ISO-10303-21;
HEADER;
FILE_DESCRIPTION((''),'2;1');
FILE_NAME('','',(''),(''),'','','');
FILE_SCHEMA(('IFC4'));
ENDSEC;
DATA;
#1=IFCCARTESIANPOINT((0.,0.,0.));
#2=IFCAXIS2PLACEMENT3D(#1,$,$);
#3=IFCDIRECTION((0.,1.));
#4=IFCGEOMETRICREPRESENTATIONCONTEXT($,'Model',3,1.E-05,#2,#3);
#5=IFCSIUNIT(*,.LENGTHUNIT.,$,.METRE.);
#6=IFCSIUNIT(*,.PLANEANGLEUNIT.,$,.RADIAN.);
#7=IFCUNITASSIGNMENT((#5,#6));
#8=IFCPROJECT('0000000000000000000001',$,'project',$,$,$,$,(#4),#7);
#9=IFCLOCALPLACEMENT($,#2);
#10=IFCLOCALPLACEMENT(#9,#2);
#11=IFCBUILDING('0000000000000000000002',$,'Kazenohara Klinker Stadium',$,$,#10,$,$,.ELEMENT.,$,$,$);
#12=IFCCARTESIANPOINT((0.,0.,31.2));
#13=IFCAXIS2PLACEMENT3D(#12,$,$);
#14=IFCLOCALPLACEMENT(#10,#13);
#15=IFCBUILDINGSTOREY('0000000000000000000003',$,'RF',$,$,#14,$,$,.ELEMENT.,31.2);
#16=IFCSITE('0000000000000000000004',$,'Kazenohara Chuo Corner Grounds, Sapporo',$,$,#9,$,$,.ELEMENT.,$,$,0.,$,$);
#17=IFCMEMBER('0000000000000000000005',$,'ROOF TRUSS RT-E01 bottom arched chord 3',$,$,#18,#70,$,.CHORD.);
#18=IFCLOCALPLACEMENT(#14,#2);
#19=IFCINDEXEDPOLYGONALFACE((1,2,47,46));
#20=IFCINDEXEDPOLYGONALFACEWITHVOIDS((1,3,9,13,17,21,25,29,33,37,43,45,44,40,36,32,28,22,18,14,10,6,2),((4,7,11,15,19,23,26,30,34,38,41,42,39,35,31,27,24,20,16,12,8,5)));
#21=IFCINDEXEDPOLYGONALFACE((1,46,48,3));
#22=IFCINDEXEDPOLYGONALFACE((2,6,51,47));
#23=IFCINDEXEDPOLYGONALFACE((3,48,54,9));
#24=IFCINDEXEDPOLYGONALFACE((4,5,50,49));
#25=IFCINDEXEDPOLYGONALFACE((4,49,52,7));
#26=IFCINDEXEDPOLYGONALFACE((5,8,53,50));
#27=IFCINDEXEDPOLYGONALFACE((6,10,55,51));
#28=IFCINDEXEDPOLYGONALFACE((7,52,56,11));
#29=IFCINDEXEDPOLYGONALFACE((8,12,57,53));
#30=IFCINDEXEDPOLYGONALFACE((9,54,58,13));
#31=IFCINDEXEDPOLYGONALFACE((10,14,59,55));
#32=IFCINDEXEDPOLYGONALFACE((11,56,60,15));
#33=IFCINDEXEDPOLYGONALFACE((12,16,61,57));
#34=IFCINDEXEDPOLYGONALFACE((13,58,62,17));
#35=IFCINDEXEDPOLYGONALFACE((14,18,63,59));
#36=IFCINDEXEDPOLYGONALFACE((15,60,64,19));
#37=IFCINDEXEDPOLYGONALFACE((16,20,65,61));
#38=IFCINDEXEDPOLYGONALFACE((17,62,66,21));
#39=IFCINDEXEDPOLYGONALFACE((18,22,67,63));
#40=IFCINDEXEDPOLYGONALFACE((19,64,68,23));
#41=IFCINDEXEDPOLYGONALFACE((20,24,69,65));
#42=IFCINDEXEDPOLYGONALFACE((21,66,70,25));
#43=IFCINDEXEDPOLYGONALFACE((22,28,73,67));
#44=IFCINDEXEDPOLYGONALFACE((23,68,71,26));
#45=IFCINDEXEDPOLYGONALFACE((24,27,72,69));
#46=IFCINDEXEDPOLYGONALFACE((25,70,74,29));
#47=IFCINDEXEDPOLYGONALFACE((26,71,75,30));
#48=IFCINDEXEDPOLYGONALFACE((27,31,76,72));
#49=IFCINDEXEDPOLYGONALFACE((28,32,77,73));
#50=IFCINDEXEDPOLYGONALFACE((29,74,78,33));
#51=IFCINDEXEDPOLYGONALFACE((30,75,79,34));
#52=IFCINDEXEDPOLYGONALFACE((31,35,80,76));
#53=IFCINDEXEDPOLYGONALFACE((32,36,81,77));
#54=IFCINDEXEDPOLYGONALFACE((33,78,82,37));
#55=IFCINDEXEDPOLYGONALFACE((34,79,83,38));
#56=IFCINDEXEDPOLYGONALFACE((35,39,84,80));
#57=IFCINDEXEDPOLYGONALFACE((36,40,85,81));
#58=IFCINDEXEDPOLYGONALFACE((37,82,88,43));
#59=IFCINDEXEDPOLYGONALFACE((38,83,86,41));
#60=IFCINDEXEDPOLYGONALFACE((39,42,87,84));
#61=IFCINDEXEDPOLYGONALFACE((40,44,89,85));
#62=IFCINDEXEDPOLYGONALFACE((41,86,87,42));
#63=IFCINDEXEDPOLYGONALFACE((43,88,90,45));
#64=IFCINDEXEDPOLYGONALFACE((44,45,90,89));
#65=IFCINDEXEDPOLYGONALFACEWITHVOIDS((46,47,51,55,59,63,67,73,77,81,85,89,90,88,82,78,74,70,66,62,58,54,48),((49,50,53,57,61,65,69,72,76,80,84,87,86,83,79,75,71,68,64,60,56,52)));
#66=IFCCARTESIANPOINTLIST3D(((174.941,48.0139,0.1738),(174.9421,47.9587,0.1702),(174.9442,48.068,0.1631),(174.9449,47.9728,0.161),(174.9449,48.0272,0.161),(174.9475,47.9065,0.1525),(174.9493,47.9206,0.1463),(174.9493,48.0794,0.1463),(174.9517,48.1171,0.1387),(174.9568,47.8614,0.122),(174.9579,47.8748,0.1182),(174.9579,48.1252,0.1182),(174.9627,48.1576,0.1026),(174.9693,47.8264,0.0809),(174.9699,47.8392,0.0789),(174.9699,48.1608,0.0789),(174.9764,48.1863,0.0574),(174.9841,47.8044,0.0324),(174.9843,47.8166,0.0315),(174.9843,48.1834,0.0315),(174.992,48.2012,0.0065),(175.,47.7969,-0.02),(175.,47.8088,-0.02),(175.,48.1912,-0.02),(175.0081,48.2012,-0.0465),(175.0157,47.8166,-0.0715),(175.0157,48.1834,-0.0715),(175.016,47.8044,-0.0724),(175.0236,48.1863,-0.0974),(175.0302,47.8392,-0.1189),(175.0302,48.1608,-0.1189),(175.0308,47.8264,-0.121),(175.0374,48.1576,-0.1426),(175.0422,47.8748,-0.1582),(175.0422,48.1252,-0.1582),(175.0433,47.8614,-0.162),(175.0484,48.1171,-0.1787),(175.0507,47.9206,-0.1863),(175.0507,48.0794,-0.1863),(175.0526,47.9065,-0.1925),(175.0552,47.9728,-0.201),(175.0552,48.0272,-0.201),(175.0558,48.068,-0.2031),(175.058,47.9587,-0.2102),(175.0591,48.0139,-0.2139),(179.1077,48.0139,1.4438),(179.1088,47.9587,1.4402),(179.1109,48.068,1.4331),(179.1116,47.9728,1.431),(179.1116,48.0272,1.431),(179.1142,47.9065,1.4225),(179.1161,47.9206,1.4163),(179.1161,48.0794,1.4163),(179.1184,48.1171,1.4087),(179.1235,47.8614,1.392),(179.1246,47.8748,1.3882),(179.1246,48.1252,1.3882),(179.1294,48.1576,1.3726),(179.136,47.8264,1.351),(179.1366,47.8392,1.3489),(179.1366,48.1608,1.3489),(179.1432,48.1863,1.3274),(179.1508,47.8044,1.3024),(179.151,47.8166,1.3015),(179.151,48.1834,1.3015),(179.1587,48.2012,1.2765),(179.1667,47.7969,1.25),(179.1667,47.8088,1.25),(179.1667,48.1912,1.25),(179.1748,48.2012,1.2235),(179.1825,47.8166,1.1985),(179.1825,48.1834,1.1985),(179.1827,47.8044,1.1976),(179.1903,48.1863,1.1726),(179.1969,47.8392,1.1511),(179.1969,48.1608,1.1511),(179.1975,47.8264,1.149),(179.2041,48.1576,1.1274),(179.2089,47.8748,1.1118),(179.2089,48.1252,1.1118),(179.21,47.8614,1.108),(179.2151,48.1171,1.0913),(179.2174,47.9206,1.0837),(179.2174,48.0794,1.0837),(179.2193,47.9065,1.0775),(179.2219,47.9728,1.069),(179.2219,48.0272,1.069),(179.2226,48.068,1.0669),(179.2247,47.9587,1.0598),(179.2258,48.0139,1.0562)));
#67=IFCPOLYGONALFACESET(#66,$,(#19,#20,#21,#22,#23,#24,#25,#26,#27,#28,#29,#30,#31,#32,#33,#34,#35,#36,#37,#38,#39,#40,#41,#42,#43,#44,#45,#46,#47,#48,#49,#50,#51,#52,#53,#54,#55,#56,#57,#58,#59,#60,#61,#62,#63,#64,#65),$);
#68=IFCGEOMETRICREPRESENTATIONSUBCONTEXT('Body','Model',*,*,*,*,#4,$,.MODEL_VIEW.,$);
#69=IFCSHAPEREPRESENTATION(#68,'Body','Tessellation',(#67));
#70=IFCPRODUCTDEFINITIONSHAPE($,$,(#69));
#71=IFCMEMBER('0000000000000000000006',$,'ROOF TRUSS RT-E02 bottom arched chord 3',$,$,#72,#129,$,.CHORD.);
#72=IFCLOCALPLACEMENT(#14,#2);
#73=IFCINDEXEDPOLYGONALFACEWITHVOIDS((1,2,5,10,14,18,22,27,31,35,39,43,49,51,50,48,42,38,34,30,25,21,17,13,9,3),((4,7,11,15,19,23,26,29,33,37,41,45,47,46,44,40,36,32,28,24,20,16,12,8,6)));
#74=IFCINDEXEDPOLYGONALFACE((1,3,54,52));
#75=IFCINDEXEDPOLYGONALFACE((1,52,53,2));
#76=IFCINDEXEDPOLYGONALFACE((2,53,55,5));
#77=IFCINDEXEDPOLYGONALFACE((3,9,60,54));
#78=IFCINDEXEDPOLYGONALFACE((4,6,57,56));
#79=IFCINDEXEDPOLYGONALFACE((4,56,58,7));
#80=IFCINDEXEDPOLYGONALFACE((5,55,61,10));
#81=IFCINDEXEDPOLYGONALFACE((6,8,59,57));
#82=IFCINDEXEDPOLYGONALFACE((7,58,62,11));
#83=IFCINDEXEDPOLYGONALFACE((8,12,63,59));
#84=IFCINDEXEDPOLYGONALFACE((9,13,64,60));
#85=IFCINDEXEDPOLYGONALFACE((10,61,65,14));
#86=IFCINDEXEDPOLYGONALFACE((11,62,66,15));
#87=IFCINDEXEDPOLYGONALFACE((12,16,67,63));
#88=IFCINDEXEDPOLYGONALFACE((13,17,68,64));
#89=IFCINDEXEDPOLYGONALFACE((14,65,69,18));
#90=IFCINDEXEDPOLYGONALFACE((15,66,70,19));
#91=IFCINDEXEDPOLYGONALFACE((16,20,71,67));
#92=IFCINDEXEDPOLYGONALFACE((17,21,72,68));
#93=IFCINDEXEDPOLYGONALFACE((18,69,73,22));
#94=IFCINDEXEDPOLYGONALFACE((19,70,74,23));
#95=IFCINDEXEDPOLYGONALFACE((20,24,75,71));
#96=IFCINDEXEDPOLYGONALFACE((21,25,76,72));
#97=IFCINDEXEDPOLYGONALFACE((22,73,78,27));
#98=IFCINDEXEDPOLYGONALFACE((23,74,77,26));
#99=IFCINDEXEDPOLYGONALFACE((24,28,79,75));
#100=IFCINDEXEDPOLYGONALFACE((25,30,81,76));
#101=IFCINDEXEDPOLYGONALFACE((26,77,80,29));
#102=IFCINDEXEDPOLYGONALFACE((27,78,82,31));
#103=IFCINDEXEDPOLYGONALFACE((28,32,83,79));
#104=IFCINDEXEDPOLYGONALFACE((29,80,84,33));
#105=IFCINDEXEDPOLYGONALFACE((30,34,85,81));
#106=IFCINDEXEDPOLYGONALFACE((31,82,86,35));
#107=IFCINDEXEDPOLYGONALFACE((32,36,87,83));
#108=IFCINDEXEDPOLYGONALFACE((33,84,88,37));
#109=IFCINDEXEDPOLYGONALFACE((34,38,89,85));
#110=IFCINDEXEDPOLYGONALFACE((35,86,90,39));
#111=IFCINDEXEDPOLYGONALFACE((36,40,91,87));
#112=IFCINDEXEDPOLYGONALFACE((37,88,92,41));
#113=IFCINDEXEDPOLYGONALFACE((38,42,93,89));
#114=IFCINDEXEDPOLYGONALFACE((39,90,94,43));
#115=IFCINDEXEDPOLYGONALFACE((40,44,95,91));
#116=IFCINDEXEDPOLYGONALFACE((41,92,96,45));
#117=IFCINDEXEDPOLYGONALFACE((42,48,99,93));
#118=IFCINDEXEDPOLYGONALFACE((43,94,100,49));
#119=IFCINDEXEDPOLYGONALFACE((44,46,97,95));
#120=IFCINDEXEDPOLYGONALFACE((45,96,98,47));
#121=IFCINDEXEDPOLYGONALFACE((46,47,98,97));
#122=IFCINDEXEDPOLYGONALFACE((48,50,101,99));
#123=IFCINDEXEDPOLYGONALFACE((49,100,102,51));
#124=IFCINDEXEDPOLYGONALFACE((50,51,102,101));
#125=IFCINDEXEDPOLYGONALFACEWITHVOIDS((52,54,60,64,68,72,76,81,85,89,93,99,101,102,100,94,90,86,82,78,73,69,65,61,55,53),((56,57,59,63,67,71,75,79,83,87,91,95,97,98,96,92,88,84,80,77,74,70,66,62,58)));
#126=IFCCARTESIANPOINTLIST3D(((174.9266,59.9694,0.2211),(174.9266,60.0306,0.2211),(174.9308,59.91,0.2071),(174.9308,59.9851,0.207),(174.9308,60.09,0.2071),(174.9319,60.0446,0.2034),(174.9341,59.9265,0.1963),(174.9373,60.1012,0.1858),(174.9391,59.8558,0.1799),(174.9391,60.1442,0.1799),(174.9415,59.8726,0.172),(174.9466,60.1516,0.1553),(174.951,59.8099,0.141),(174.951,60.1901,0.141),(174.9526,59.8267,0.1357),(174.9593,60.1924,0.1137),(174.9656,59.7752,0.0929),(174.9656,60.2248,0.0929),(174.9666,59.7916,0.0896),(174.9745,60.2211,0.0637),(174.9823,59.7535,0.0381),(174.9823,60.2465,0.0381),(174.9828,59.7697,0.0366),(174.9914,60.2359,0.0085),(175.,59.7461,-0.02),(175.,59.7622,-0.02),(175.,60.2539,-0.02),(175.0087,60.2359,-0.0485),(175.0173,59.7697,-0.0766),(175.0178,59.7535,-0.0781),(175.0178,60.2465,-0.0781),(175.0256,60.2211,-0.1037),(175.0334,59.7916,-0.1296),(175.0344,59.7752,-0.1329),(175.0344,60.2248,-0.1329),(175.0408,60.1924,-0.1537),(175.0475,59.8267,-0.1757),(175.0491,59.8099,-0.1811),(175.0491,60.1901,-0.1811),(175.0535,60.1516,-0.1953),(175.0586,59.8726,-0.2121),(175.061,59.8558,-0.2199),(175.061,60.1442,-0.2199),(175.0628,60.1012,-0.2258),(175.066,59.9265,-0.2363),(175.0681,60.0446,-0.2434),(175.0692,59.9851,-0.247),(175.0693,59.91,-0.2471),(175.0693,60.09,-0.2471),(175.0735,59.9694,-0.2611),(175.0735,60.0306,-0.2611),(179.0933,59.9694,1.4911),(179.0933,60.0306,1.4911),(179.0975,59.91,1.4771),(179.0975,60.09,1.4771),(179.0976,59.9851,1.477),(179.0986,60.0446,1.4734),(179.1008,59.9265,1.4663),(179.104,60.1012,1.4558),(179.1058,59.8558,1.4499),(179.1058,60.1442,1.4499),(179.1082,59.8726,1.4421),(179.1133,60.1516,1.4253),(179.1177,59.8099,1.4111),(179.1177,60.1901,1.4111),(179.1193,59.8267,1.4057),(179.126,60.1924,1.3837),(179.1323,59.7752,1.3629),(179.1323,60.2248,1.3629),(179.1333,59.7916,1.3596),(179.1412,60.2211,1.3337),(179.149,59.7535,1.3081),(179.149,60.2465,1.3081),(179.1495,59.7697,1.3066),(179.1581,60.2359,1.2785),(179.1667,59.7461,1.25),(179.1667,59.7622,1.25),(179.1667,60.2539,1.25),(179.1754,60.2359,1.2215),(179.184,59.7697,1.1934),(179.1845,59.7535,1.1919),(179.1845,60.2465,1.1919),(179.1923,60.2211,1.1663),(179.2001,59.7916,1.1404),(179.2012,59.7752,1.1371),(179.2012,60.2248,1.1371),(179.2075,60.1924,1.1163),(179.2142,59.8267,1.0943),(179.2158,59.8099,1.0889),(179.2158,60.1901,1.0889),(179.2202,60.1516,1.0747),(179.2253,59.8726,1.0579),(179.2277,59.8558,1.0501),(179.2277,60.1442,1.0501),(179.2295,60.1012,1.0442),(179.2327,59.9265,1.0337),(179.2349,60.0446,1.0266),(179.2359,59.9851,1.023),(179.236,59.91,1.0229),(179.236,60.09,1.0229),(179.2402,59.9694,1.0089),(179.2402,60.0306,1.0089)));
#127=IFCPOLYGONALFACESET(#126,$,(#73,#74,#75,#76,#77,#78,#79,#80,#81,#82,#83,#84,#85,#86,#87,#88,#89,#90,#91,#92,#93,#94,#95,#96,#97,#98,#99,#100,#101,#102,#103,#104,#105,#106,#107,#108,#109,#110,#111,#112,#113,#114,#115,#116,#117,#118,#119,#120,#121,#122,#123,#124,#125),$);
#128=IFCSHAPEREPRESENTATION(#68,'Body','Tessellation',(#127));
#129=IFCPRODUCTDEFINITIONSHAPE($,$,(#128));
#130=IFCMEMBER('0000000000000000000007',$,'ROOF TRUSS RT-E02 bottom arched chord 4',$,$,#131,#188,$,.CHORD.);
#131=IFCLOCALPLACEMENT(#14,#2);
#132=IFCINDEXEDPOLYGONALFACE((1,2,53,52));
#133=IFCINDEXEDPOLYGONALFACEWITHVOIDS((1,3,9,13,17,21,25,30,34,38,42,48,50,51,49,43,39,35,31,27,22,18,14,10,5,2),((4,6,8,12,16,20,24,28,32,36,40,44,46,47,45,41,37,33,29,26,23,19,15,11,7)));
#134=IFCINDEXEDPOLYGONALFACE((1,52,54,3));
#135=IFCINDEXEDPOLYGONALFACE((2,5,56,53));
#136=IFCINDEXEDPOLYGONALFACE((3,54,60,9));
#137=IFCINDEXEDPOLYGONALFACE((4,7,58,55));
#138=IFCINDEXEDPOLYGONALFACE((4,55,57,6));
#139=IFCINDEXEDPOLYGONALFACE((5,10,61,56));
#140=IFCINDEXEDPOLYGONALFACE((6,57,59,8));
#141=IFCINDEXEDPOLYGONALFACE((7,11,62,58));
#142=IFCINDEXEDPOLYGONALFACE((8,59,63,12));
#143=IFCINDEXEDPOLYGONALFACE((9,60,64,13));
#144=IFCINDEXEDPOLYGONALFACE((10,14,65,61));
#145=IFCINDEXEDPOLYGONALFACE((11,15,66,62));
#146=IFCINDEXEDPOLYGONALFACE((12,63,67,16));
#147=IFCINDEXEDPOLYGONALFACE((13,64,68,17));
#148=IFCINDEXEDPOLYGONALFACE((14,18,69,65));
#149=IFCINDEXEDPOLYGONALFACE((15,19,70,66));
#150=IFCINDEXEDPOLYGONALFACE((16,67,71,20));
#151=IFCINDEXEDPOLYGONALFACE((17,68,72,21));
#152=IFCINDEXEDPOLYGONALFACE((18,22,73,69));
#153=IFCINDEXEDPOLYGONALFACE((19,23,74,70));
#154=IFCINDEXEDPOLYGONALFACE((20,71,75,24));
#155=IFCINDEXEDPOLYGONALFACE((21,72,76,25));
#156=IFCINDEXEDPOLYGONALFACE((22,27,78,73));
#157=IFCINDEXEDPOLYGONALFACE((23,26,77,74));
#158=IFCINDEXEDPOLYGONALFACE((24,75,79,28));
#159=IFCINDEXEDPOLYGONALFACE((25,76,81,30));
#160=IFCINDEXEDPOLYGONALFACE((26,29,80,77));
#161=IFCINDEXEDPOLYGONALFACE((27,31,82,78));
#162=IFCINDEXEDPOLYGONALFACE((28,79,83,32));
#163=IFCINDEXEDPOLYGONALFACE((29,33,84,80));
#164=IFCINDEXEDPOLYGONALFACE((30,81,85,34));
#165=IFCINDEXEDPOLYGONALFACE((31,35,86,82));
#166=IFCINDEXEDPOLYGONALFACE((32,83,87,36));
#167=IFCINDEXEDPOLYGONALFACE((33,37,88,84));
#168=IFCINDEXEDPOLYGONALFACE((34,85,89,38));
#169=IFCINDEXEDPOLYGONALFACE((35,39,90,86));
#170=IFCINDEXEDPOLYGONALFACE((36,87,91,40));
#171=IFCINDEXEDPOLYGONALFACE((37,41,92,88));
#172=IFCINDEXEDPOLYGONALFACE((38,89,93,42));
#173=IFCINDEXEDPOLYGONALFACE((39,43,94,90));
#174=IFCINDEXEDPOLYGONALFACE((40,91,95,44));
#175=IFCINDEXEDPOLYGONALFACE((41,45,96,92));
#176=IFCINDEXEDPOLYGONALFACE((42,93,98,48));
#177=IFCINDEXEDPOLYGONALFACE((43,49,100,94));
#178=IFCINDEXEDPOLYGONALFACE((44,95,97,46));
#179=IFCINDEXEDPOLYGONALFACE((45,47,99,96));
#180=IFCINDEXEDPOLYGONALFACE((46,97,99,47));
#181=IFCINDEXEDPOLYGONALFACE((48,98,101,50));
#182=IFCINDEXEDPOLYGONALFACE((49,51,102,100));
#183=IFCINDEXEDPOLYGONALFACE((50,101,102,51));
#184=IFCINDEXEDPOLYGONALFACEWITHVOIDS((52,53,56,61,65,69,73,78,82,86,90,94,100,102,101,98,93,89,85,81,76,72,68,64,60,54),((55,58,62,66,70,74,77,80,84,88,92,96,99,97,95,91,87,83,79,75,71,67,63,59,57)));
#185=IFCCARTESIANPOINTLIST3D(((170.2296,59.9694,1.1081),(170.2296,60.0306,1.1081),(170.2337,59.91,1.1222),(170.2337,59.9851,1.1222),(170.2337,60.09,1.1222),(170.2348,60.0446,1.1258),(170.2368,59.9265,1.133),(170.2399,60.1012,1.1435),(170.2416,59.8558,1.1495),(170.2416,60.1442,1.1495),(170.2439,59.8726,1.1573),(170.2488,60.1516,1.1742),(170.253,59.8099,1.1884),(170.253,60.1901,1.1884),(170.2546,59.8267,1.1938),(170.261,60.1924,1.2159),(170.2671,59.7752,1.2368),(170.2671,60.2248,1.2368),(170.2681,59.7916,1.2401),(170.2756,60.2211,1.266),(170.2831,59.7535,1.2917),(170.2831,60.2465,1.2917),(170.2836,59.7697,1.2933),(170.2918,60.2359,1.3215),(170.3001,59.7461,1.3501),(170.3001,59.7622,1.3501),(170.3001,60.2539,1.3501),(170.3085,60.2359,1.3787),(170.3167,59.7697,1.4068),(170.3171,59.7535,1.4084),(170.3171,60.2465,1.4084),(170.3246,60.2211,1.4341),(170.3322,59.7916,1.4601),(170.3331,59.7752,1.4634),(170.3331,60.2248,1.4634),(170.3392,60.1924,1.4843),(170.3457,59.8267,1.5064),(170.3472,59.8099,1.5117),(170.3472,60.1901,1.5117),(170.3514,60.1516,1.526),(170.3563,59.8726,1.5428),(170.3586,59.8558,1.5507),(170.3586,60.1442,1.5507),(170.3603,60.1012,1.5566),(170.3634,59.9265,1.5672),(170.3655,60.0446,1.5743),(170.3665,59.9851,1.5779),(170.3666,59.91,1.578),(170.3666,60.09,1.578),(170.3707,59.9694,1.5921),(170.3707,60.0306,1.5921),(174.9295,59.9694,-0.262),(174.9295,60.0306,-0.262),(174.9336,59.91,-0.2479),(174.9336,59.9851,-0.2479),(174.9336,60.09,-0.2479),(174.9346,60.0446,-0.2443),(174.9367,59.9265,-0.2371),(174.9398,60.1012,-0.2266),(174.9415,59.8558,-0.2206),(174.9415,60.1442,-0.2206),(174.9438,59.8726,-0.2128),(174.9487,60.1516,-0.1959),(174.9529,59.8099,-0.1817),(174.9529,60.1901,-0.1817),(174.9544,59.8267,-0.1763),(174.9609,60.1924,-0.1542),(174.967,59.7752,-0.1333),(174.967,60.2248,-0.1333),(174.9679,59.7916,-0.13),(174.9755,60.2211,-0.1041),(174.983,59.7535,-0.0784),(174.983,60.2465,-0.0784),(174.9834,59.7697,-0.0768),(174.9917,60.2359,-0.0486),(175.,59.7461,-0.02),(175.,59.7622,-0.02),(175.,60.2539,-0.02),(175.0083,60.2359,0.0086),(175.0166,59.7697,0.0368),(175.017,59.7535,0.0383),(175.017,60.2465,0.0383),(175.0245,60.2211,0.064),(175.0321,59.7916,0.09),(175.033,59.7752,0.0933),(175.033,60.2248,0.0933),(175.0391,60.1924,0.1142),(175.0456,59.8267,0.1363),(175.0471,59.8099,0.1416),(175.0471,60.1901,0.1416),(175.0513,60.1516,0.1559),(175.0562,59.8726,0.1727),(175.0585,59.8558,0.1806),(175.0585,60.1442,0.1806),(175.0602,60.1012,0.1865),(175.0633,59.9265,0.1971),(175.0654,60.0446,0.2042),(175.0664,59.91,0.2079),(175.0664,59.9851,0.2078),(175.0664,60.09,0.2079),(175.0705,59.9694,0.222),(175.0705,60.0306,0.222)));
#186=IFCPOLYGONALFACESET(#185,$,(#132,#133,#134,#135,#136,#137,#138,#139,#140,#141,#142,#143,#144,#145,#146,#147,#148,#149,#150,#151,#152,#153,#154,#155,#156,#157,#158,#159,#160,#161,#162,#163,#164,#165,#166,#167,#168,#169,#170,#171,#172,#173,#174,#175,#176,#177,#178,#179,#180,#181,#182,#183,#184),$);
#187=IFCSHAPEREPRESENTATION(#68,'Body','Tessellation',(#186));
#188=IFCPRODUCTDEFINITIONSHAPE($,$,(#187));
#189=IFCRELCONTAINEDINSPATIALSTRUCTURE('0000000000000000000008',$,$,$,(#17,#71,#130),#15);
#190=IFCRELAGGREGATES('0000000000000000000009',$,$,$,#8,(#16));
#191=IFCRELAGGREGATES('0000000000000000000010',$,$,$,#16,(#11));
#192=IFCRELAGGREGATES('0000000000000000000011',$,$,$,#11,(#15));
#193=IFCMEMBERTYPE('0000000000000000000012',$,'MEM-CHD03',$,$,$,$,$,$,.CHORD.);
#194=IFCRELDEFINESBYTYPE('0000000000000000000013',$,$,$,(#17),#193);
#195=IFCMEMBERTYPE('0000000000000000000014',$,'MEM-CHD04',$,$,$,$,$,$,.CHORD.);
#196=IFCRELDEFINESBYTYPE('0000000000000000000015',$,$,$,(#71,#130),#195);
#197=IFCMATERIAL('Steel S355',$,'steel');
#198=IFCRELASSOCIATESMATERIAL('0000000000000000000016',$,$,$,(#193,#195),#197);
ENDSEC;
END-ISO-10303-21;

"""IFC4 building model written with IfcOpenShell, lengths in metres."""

from ifc_helpers import new_model, si_unit, direction, frame, origin, origin_2d, place, context, subcontext, project, spatial, hollow_circle, extrude, material, material_profile, profile_set, type_object, element, save


model = new_model("IFC4")

# Units and contexts
model_context = context("Model", 3, precision=1e-05, world=origin(), true_north=direction((0.0, 1.0)))
body_context = subcontext(model_context, "Body", "Model", "MODEL_VIEW")
ifc_project = project(units=[si_unit("LENGTHUNIT", "METRE"), si_unit("PLANEANGLEUNIT", "RADIAN")], contexts=[model_context])

# Site, building, storey
site_placement = place(None, origin())
site = spatial("IfcSite", under=ifc_project, at=site_placement, Name="Kazenohara Chuo Corner Grounds, Sapporo", CompositionType="ELEMENT", RefElevation=0.0)
building_placement = place(site_placement, origin())
building = spatial("IfcBuilding", under=site, at=building_placement, Name="Kazenohara Klinker Stadium", CompositionType="ELEMENT")
storey_placement = place(building_placement, frame((0.0, 0.0, 31.2)))
storey = spatial("IfcBuildingStorey", under=building, at=storey_placement, Name="RF", CompositionType="ELEMENT", Elevation=31.2)

# Members
ifc_material_1 = material(Name="Steel S355", Category="steel")
ifc_material_profile_1 = material_profile(ifc_material_1, hollow_circle(Radius=0.2031, WallThickness=0.012, at=origin_2d()), Name="CHS-406.4x12")
ifc_profile_set_1 = profile_set([ifc_material_profile_1], Name="Steel S355")
member_type_1 = type_object("IfcMemberType", Name="MEM-CHD03", PredefinedType="CHORD", material=ifc_profile_set_1)
member_1_placement = place(storey_placement, frame((179.1667, 48.0, 1.25), z_axis=(-0.956554, 0.0, -0.291556), x_axis=(0.0, -1.0, 0.0)))
element("IfcMember", 1, at=member_1_placement, inside=storey, type_object=member_type_1, Name="ROOF TRUSS RT-E01 bottom arched chord 3", PredefinedType="CHORD", context=body_context, shape_type="SweptSolid", body=[
    extrude(hollow_circle(Radius=0.2031, WallThickness=0.012, at=origin_2d()), origin(), (0.0, 0.0, 1.0), 4.356),
])
ifc_material_profile_2 = material_profile(ifc_material_1, hollow_circle(Radius=0.2539, WallThickness=0.0161, at=origin_2d()), Name="CHS-508.0x16")
ifc_profile_set_2 = profile_set([ifc_material_profile_2], Name="Steel S355")
member_type_2 = type_object("IfcMemberType", Name="MEM-CHD04", PredefinedType="CHORD", material=ifc_profile_set_2)
member_2_placement = place(storey_placement, frame((179.1667, 60.0, 1.25), z_axis=(-0.956554, 0.0, -0.291556), x_axis=(0.0, -1.0, 0.0)))
element("IfcMember", 2, at=member_2_placement, inside=storey, type_object=member_type_2, Name="ROOF TRUSS RT-E02 bottom arched chord 3", PredefinedType="CHORD", context=body_context, shape_type="SweptSolid", body=[
    extrude(hollow_circle(Radius=0.2539, WallThickness=0.0161, at=origin_2d()), origin(), (0.0, 0.0, 1.0), 4.356),
])
member_3_placement = place(storey_placement, frame((175.0, 60.0, -0.02), z_axis=(-0.960039, 0.0, 0.279868), x_axis=(0.0, -1.0, 0.0)))
element("IfcMember", 3, at=member_3_placement, inside=storey, type_object=member_type_2, Name="ROOF TRUSS RT-E02 bottom arched chord 4", PredefinedType="CHORD", context=body_context, shape_type="SweptSolid", body=[
    extrude(hollow_circle(Radius=0.2539, WallThickness=0.0161, at=origin_2d()), origin(), (0.0, 0.0, 1.0), 4.8955),
])

save(model, "model.ifc")
